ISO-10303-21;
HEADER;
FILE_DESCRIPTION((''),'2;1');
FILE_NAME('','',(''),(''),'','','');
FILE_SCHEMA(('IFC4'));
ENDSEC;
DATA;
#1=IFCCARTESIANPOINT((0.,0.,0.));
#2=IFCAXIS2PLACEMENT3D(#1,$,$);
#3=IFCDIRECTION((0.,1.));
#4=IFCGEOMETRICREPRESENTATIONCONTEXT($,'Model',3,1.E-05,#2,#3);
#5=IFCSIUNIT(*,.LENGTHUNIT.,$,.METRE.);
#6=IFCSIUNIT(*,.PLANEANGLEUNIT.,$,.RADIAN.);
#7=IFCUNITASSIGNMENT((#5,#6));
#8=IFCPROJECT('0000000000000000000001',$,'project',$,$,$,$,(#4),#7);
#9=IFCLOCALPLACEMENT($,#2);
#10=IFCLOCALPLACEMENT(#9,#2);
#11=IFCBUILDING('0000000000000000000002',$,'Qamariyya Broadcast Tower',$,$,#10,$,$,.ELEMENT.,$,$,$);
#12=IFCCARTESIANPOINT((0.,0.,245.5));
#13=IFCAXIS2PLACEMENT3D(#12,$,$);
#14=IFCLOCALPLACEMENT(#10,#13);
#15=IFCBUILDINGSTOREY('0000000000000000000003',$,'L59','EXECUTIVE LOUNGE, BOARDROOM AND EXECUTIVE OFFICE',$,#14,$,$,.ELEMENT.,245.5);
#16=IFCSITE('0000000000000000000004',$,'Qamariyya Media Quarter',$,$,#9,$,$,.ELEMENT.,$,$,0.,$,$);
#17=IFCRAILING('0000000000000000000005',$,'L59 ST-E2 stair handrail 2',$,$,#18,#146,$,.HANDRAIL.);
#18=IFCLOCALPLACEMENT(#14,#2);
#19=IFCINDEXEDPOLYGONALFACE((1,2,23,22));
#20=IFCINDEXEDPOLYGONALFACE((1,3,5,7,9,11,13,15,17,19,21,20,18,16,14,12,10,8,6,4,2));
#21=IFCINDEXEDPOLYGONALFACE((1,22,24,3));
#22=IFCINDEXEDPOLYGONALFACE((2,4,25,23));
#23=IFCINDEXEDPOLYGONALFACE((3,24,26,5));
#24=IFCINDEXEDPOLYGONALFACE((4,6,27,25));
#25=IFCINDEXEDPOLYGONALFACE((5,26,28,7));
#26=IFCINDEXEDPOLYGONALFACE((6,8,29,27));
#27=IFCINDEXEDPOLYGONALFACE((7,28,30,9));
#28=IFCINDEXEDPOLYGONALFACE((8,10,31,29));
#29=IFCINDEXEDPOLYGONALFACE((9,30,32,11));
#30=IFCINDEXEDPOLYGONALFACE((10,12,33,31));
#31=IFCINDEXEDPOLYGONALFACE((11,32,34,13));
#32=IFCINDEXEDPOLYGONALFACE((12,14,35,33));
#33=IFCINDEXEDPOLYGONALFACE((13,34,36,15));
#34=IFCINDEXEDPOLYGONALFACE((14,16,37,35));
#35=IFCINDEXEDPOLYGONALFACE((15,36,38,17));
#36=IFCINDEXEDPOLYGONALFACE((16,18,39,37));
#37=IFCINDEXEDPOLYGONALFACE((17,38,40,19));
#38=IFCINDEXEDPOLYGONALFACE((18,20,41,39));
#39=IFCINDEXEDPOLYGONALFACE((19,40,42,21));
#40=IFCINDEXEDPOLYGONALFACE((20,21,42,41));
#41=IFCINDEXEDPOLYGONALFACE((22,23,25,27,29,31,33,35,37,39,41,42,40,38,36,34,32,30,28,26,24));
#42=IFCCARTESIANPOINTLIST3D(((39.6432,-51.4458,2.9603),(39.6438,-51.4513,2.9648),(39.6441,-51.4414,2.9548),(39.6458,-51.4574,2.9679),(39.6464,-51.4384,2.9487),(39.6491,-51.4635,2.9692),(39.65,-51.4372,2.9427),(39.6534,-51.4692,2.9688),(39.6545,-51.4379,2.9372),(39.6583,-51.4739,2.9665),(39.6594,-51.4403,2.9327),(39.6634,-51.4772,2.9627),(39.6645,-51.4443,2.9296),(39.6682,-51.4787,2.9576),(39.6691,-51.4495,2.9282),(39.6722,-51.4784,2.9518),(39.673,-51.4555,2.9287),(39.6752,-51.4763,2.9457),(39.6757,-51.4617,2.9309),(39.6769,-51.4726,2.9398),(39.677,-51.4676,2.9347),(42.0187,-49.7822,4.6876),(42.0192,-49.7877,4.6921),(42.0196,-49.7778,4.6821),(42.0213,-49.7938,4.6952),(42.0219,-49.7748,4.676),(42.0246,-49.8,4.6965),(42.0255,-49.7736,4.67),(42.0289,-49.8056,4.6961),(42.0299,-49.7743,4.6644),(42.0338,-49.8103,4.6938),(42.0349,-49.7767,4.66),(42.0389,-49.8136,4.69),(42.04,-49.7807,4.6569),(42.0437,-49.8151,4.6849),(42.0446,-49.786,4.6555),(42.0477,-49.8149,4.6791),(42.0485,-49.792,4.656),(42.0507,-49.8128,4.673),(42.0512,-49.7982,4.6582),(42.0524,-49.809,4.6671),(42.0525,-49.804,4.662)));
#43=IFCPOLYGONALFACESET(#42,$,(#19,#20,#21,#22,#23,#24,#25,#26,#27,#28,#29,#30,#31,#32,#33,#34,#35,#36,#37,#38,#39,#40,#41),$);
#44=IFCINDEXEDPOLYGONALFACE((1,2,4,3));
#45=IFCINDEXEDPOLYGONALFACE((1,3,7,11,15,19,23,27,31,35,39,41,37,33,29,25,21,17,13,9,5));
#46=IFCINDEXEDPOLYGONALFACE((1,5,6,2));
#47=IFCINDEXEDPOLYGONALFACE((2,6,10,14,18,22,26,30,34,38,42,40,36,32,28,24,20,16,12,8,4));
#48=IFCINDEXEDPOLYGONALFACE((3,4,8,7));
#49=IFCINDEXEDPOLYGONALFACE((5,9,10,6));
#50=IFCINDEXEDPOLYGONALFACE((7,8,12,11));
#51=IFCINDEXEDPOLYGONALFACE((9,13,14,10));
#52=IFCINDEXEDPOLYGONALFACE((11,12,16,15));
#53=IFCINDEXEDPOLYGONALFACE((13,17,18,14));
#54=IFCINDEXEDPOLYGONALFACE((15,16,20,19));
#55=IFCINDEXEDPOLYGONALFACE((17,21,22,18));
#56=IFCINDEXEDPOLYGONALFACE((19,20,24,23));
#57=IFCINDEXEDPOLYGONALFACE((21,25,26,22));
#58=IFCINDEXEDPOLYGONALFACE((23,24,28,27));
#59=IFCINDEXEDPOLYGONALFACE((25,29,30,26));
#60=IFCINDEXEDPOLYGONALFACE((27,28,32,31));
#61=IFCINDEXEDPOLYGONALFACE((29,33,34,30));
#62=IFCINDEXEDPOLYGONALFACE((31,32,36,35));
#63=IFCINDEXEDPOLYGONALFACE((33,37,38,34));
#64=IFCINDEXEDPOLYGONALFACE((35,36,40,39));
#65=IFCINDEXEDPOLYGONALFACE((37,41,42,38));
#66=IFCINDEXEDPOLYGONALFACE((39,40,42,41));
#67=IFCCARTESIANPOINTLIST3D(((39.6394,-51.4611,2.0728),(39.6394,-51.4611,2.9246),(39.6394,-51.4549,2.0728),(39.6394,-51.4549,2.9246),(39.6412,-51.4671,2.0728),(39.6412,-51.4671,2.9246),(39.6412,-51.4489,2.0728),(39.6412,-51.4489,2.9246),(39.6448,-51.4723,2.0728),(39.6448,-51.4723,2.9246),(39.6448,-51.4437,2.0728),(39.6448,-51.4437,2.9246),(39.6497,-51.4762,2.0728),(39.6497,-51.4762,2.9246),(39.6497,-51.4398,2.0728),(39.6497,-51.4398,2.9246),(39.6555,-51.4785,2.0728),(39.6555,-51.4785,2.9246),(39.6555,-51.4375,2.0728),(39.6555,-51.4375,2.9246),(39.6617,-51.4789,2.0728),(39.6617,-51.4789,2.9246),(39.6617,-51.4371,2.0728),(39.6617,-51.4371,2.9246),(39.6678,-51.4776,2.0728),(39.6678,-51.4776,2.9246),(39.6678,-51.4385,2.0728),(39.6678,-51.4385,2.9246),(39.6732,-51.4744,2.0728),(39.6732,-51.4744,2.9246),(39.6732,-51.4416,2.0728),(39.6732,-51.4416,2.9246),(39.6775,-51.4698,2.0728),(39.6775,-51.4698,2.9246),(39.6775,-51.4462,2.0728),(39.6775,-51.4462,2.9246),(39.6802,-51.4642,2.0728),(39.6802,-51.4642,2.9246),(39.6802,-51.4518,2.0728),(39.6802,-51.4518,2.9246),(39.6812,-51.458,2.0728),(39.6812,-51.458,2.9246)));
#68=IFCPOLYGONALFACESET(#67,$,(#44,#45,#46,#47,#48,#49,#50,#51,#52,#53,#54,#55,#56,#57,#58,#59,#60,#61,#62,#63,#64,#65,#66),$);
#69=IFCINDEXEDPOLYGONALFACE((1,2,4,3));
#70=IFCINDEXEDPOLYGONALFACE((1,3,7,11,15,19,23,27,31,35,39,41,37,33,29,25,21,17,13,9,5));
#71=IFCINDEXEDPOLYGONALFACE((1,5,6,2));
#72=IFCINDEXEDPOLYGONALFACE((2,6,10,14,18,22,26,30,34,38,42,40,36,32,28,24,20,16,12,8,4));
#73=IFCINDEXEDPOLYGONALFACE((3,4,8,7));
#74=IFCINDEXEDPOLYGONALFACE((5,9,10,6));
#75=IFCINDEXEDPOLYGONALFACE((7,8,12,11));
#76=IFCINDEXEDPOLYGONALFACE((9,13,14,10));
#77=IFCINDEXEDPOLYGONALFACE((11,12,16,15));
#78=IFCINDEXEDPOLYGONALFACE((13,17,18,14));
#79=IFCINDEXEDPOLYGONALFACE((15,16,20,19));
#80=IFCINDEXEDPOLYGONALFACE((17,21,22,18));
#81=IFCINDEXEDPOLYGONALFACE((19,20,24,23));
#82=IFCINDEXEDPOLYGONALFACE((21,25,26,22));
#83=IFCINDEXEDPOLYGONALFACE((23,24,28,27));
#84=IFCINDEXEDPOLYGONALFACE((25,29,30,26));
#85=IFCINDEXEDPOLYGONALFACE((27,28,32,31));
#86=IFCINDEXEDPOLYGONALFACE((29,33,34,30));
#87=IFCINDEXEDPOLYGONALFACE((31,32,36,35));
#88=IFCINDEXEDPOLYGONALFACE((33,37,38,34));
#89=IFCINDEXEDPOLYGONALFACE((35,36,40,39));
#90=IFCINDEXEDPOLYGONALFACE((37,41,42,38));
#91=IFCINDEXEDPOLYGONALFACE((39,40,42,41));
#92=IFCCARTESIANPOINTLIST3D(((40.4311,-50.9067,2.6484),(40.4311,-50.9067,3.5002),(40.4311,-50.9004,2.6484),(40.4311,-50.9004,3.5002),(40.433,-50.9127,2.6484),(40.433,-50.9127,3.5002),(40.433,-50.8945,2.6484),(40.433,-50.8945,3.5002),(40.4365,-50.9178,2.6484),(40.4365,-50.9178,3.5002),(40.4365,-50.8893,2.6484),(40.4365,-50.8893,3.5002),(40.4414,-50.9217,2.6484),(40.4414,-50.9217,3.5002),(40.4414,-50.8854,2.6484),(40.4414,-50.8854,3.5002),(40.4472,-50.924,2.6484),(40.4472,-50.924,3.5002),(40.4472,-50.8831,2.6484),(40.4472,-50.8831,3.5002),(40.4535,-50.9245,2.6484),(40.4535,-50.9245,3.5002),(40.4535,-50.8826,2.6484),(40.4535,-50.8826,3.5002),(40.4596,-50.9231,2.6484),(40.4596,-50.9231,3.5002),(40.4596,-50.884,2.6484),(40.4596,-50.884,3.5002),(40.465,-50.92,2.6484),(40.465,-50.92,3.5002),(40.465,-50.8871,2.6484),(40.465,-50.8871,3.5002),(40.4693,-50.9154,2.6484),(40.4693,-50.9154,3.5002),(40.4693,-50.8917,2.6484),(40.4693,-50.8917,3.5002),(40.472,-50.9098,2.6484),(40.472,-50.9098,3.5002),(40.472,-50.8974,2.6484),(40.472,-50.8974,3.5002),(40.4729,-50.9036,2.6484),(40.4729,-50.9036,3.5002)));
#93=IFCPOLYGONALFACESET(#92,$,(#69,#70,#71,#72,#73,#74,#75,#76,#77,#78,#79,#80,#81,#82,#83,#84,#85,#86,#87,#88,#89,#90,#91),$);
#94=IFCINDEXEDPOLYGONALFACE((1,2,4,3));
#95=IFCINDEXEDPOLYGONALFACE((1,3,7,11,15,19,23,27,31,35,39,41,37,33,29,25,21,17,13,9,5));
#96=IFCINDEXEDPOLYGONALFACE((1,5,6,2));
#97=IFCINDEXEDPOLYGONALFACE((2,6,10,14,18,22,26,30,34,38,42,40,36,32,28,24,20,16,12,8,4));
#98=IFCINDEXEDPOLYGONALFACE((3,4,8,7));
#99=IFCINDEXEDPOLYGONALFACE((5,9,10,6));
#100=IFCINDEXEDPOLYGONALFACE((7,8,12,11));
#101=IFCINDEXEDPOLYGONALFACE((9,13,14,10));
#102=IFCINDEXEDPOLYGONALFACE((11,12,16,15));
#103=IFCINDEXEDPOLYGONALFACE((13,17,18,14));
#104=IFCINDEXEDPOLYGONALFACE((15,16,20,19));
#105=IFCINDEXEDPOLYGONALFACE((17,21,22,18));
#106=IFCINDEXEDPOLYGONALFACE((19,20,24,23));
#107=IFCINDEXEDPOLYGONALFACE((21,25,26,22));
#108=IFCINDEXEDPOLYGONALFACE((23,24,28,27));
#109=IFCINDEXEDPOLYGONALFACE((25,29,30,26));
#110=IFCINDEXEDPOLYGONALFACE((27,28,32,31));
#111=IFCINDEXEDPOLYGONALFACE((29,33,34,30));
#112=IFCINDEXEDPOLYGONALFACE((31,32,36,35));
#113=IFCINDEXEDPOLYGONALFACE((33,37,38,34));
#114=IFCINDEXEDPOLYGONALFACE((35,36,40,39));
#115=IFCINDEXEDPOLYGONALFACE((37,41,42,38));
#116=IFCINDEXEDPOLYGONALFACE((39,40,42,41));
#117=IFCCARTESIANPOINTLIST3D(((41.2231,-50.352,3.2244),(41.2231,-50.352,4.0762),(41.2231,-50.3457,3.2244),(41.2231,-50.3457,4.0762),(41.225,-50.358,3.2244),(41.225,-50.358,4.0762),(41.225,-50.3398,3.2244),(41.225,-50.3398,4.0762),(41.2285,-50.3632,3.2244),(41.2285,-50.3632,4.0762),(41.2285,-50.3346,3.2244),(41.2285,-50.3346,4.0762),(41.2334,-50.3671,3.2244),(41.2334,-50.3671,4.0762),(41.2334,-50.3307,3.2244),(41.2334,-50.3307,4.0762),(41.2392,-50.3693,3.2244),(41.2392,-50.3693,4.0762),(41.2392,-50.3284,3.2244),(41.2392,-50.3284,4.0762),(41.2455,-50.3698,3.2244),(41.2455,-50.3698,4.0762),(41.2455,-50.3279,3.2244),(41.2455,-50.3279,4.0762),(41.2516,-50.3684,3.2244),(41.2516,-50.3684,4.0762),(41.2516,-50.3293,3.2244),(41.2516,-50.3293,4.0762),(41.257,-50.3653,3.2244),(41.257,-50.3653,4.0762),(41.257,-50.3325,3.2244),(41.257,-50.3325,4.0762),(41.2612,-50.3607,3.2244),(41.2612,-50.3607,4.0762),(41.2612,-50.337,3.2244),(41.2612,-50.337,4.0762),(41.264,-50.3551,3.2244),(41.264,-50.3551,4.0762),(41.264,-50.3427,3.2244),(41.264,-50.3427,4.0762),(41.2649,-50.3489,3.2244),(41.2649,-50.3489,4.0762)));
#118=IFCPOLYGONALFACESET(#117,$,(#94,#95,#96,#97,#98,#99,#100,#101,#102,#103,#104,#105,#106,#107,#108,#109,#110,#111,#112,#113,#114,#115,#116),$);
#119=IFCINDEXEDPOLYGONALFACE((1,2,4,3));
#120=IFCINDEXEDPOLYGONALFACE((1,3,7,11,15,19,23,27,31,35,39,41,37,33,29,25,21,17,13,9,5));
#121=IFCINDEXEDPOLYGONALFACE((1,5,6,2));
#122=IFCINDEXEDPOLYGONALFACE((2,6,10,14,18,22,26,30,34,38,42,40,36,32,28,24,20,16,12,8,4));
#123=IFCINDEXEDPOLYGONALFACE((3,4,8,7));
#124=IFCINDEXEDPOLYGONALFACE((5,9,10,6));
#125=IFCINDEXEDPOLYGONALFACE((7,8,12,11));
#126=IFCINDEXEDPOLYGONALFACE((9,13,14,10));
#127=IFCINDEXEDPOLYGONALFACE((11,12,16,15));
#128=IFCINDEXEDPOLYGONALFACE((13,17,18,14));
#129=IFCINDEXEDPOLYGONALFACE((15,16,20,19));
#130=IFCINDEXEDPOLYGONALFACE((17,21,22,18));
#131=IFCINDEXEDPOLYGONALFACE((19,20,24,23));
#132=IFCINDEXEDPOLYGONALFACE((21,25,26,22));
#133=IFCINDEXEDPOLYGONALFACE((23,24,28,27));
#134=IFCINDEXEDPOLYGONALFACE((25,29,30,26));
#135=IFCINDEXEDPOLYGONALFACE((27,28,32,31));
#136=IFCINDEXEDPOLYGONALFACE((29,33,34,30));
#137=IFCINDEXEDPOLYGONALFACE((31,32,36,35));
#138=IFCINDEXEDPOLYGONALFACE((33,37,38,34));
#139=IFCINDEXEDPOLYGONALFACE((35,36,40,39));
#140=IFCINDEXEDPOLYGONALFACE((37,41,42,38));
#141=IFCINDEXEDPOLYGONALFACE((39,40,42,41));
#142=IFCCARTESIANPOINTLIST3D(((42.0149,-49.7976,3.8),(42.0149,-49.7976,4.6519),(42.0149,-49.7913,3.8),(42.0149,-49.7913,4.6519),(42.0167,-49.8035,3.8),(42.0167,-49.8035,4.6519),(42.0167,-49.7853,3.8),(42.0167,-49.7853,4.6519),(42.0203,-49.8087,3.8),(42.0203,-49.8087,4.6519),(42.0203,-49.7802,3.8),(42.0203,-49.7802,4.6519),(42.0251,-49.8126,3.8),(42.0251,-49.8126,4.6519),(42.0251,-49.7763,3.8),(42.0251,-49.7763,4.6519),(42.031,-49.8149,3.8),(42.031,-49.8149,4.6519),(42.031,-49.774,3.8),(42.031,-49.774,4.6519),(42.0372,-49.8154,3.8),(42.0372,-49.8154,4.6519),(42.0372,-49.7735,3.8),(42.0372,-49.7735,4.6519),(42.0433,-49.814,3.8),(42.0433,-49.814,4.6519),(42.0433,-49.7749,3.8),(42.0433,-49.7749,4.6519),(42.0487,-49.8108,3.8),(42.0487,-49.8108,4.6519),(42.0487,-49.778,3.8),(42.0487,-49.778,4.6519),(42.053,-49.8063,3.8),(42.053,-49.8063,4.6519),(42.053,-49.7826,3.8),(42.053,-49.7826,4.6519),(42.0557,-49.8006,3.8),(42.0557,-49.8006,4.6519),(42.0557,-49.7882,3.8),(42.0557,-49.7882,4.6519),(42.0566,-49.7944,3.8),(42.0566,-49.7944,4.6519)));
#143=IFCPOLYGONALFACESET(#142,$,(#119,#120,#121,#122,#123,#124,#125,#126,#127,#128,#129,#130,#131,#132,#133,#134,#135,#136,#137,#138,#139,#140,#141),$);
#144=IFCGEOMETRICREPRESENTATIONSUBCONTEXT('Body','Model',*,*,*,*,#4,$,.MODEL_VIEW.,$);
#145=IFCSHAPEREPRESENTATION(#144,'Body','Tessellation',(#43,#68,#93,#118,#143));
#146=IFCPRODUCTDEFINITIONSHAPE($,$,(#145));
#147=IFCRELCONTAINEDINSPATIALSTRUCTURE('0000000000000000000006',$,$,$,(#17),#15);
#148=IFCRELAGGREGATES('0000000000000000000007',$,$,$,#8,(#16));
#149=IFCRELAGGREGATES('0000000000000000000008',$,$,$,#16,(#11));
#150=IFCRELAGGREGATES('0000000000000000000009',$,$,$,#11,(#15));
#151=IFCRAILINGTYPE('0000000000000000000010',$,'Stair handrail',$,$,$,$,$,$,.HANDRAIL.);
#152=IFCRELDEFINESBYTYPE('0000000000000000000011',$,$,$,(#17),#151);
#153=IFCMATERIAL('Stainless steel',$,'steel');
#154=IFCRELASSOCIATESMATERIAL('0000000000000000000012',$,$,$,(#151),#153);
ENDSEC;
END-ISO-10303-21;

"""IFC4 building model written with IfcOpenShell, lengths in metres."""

from ifc_helpers import new_model, si_unit, direction, frame, origin, origin_2d, place, context, subcontext, project, spatial, circle, extrude, material, type_object, element, save


model = new_model("IFC4")

# Units and contexts
model_context = context("Model", 3, precision=1e-05, world=origin(), true_north=direction((0.0, 1.0)))
body_context = subcontext(model_context, "Body", "Model", "MODEL_VIEW")
ifc_project = project(units=[si_unit("LENGTHUNIT", "METRE"), si_unit("PLANEANGLEUNIT", "RADIAN")], contexts=[model_context])

# Site, building, storey
site_placement = place(None, origin())
site = spatial("IfcSite", under=ifc_project, at=site_placement, Name="Qamariyya Media Quarter", CompositionType="ELEMENT", RefElevation=0.0)
building_placement = place(site_placement, origin())
building = spatial("IfcBuilding", under=site, at=building_placement, Name="Qamariyya Broadcast Tower", CompositionType="ELEMENT")
storey_placement = place(building_placement, frame((0.0, 0.0, 245.5)))
storey = spatial("IfcBuildingStorey", under=building, at=storey_placement, Name="L59", Description="EXECUTIVE LOUNGE, BOARDROOM AND EXECUTIVE OFFICE", CompositionType="ELEMENT", Elevation=245.5)

# Railing
ifc_material_1 = material(Name="Stainless steel", Category="steel")
railing_type_1 = type_object("IfcRailingType", Name="Stair handrail", PredefinedType="HANDRAIL", material=ifc_material_1)
railing_1_placement = place(storey_placement, frame((39.6602, -51.458, 2.0728)))
element("IfcRailing", 1, at=railing_1_placement, inside=storey, type_object=railing_type_1, Name="L59 ST-E2 stair handrail 2", PredefinedType="HANDRAIL", context=body_context, shape_type="SweptSolid", body=[
    extrude(circle(Radius=0.0239, at=origin_2d()), frame((0.0, 0.0, 0.876), z_axis=(0.703745, 0.492838, 0.511716), x_axis=(-0.573632, 0.819113, 0.0)), (0.0, 0.0, 1.0), 3.3755),
    extrude(circle(Radius=0.021, at=origin_2d()), origin(), (0.0, 0.0, 1.0), 0.8518),
    extrude(circle(Radius=0.021, at=origin_2d()), frame((0.7917, 0.5544, 0.5757)), (0.0, 0.0, 1.0), 0.8518),
    extrude(circle(Radius=0.021, at=origin_2d()), frame((1.5837, 1.1091, 1.1516)), (0.0, 0.0, 1.0), 0.8518),
    extrude(circle(Radius=0.021, at=origin_2d()), frame((2.3755, 1.6636, 1.7273)), (0.0, 0.0, 1.0), 0.8518),
])

save(model, "model.ifc")
